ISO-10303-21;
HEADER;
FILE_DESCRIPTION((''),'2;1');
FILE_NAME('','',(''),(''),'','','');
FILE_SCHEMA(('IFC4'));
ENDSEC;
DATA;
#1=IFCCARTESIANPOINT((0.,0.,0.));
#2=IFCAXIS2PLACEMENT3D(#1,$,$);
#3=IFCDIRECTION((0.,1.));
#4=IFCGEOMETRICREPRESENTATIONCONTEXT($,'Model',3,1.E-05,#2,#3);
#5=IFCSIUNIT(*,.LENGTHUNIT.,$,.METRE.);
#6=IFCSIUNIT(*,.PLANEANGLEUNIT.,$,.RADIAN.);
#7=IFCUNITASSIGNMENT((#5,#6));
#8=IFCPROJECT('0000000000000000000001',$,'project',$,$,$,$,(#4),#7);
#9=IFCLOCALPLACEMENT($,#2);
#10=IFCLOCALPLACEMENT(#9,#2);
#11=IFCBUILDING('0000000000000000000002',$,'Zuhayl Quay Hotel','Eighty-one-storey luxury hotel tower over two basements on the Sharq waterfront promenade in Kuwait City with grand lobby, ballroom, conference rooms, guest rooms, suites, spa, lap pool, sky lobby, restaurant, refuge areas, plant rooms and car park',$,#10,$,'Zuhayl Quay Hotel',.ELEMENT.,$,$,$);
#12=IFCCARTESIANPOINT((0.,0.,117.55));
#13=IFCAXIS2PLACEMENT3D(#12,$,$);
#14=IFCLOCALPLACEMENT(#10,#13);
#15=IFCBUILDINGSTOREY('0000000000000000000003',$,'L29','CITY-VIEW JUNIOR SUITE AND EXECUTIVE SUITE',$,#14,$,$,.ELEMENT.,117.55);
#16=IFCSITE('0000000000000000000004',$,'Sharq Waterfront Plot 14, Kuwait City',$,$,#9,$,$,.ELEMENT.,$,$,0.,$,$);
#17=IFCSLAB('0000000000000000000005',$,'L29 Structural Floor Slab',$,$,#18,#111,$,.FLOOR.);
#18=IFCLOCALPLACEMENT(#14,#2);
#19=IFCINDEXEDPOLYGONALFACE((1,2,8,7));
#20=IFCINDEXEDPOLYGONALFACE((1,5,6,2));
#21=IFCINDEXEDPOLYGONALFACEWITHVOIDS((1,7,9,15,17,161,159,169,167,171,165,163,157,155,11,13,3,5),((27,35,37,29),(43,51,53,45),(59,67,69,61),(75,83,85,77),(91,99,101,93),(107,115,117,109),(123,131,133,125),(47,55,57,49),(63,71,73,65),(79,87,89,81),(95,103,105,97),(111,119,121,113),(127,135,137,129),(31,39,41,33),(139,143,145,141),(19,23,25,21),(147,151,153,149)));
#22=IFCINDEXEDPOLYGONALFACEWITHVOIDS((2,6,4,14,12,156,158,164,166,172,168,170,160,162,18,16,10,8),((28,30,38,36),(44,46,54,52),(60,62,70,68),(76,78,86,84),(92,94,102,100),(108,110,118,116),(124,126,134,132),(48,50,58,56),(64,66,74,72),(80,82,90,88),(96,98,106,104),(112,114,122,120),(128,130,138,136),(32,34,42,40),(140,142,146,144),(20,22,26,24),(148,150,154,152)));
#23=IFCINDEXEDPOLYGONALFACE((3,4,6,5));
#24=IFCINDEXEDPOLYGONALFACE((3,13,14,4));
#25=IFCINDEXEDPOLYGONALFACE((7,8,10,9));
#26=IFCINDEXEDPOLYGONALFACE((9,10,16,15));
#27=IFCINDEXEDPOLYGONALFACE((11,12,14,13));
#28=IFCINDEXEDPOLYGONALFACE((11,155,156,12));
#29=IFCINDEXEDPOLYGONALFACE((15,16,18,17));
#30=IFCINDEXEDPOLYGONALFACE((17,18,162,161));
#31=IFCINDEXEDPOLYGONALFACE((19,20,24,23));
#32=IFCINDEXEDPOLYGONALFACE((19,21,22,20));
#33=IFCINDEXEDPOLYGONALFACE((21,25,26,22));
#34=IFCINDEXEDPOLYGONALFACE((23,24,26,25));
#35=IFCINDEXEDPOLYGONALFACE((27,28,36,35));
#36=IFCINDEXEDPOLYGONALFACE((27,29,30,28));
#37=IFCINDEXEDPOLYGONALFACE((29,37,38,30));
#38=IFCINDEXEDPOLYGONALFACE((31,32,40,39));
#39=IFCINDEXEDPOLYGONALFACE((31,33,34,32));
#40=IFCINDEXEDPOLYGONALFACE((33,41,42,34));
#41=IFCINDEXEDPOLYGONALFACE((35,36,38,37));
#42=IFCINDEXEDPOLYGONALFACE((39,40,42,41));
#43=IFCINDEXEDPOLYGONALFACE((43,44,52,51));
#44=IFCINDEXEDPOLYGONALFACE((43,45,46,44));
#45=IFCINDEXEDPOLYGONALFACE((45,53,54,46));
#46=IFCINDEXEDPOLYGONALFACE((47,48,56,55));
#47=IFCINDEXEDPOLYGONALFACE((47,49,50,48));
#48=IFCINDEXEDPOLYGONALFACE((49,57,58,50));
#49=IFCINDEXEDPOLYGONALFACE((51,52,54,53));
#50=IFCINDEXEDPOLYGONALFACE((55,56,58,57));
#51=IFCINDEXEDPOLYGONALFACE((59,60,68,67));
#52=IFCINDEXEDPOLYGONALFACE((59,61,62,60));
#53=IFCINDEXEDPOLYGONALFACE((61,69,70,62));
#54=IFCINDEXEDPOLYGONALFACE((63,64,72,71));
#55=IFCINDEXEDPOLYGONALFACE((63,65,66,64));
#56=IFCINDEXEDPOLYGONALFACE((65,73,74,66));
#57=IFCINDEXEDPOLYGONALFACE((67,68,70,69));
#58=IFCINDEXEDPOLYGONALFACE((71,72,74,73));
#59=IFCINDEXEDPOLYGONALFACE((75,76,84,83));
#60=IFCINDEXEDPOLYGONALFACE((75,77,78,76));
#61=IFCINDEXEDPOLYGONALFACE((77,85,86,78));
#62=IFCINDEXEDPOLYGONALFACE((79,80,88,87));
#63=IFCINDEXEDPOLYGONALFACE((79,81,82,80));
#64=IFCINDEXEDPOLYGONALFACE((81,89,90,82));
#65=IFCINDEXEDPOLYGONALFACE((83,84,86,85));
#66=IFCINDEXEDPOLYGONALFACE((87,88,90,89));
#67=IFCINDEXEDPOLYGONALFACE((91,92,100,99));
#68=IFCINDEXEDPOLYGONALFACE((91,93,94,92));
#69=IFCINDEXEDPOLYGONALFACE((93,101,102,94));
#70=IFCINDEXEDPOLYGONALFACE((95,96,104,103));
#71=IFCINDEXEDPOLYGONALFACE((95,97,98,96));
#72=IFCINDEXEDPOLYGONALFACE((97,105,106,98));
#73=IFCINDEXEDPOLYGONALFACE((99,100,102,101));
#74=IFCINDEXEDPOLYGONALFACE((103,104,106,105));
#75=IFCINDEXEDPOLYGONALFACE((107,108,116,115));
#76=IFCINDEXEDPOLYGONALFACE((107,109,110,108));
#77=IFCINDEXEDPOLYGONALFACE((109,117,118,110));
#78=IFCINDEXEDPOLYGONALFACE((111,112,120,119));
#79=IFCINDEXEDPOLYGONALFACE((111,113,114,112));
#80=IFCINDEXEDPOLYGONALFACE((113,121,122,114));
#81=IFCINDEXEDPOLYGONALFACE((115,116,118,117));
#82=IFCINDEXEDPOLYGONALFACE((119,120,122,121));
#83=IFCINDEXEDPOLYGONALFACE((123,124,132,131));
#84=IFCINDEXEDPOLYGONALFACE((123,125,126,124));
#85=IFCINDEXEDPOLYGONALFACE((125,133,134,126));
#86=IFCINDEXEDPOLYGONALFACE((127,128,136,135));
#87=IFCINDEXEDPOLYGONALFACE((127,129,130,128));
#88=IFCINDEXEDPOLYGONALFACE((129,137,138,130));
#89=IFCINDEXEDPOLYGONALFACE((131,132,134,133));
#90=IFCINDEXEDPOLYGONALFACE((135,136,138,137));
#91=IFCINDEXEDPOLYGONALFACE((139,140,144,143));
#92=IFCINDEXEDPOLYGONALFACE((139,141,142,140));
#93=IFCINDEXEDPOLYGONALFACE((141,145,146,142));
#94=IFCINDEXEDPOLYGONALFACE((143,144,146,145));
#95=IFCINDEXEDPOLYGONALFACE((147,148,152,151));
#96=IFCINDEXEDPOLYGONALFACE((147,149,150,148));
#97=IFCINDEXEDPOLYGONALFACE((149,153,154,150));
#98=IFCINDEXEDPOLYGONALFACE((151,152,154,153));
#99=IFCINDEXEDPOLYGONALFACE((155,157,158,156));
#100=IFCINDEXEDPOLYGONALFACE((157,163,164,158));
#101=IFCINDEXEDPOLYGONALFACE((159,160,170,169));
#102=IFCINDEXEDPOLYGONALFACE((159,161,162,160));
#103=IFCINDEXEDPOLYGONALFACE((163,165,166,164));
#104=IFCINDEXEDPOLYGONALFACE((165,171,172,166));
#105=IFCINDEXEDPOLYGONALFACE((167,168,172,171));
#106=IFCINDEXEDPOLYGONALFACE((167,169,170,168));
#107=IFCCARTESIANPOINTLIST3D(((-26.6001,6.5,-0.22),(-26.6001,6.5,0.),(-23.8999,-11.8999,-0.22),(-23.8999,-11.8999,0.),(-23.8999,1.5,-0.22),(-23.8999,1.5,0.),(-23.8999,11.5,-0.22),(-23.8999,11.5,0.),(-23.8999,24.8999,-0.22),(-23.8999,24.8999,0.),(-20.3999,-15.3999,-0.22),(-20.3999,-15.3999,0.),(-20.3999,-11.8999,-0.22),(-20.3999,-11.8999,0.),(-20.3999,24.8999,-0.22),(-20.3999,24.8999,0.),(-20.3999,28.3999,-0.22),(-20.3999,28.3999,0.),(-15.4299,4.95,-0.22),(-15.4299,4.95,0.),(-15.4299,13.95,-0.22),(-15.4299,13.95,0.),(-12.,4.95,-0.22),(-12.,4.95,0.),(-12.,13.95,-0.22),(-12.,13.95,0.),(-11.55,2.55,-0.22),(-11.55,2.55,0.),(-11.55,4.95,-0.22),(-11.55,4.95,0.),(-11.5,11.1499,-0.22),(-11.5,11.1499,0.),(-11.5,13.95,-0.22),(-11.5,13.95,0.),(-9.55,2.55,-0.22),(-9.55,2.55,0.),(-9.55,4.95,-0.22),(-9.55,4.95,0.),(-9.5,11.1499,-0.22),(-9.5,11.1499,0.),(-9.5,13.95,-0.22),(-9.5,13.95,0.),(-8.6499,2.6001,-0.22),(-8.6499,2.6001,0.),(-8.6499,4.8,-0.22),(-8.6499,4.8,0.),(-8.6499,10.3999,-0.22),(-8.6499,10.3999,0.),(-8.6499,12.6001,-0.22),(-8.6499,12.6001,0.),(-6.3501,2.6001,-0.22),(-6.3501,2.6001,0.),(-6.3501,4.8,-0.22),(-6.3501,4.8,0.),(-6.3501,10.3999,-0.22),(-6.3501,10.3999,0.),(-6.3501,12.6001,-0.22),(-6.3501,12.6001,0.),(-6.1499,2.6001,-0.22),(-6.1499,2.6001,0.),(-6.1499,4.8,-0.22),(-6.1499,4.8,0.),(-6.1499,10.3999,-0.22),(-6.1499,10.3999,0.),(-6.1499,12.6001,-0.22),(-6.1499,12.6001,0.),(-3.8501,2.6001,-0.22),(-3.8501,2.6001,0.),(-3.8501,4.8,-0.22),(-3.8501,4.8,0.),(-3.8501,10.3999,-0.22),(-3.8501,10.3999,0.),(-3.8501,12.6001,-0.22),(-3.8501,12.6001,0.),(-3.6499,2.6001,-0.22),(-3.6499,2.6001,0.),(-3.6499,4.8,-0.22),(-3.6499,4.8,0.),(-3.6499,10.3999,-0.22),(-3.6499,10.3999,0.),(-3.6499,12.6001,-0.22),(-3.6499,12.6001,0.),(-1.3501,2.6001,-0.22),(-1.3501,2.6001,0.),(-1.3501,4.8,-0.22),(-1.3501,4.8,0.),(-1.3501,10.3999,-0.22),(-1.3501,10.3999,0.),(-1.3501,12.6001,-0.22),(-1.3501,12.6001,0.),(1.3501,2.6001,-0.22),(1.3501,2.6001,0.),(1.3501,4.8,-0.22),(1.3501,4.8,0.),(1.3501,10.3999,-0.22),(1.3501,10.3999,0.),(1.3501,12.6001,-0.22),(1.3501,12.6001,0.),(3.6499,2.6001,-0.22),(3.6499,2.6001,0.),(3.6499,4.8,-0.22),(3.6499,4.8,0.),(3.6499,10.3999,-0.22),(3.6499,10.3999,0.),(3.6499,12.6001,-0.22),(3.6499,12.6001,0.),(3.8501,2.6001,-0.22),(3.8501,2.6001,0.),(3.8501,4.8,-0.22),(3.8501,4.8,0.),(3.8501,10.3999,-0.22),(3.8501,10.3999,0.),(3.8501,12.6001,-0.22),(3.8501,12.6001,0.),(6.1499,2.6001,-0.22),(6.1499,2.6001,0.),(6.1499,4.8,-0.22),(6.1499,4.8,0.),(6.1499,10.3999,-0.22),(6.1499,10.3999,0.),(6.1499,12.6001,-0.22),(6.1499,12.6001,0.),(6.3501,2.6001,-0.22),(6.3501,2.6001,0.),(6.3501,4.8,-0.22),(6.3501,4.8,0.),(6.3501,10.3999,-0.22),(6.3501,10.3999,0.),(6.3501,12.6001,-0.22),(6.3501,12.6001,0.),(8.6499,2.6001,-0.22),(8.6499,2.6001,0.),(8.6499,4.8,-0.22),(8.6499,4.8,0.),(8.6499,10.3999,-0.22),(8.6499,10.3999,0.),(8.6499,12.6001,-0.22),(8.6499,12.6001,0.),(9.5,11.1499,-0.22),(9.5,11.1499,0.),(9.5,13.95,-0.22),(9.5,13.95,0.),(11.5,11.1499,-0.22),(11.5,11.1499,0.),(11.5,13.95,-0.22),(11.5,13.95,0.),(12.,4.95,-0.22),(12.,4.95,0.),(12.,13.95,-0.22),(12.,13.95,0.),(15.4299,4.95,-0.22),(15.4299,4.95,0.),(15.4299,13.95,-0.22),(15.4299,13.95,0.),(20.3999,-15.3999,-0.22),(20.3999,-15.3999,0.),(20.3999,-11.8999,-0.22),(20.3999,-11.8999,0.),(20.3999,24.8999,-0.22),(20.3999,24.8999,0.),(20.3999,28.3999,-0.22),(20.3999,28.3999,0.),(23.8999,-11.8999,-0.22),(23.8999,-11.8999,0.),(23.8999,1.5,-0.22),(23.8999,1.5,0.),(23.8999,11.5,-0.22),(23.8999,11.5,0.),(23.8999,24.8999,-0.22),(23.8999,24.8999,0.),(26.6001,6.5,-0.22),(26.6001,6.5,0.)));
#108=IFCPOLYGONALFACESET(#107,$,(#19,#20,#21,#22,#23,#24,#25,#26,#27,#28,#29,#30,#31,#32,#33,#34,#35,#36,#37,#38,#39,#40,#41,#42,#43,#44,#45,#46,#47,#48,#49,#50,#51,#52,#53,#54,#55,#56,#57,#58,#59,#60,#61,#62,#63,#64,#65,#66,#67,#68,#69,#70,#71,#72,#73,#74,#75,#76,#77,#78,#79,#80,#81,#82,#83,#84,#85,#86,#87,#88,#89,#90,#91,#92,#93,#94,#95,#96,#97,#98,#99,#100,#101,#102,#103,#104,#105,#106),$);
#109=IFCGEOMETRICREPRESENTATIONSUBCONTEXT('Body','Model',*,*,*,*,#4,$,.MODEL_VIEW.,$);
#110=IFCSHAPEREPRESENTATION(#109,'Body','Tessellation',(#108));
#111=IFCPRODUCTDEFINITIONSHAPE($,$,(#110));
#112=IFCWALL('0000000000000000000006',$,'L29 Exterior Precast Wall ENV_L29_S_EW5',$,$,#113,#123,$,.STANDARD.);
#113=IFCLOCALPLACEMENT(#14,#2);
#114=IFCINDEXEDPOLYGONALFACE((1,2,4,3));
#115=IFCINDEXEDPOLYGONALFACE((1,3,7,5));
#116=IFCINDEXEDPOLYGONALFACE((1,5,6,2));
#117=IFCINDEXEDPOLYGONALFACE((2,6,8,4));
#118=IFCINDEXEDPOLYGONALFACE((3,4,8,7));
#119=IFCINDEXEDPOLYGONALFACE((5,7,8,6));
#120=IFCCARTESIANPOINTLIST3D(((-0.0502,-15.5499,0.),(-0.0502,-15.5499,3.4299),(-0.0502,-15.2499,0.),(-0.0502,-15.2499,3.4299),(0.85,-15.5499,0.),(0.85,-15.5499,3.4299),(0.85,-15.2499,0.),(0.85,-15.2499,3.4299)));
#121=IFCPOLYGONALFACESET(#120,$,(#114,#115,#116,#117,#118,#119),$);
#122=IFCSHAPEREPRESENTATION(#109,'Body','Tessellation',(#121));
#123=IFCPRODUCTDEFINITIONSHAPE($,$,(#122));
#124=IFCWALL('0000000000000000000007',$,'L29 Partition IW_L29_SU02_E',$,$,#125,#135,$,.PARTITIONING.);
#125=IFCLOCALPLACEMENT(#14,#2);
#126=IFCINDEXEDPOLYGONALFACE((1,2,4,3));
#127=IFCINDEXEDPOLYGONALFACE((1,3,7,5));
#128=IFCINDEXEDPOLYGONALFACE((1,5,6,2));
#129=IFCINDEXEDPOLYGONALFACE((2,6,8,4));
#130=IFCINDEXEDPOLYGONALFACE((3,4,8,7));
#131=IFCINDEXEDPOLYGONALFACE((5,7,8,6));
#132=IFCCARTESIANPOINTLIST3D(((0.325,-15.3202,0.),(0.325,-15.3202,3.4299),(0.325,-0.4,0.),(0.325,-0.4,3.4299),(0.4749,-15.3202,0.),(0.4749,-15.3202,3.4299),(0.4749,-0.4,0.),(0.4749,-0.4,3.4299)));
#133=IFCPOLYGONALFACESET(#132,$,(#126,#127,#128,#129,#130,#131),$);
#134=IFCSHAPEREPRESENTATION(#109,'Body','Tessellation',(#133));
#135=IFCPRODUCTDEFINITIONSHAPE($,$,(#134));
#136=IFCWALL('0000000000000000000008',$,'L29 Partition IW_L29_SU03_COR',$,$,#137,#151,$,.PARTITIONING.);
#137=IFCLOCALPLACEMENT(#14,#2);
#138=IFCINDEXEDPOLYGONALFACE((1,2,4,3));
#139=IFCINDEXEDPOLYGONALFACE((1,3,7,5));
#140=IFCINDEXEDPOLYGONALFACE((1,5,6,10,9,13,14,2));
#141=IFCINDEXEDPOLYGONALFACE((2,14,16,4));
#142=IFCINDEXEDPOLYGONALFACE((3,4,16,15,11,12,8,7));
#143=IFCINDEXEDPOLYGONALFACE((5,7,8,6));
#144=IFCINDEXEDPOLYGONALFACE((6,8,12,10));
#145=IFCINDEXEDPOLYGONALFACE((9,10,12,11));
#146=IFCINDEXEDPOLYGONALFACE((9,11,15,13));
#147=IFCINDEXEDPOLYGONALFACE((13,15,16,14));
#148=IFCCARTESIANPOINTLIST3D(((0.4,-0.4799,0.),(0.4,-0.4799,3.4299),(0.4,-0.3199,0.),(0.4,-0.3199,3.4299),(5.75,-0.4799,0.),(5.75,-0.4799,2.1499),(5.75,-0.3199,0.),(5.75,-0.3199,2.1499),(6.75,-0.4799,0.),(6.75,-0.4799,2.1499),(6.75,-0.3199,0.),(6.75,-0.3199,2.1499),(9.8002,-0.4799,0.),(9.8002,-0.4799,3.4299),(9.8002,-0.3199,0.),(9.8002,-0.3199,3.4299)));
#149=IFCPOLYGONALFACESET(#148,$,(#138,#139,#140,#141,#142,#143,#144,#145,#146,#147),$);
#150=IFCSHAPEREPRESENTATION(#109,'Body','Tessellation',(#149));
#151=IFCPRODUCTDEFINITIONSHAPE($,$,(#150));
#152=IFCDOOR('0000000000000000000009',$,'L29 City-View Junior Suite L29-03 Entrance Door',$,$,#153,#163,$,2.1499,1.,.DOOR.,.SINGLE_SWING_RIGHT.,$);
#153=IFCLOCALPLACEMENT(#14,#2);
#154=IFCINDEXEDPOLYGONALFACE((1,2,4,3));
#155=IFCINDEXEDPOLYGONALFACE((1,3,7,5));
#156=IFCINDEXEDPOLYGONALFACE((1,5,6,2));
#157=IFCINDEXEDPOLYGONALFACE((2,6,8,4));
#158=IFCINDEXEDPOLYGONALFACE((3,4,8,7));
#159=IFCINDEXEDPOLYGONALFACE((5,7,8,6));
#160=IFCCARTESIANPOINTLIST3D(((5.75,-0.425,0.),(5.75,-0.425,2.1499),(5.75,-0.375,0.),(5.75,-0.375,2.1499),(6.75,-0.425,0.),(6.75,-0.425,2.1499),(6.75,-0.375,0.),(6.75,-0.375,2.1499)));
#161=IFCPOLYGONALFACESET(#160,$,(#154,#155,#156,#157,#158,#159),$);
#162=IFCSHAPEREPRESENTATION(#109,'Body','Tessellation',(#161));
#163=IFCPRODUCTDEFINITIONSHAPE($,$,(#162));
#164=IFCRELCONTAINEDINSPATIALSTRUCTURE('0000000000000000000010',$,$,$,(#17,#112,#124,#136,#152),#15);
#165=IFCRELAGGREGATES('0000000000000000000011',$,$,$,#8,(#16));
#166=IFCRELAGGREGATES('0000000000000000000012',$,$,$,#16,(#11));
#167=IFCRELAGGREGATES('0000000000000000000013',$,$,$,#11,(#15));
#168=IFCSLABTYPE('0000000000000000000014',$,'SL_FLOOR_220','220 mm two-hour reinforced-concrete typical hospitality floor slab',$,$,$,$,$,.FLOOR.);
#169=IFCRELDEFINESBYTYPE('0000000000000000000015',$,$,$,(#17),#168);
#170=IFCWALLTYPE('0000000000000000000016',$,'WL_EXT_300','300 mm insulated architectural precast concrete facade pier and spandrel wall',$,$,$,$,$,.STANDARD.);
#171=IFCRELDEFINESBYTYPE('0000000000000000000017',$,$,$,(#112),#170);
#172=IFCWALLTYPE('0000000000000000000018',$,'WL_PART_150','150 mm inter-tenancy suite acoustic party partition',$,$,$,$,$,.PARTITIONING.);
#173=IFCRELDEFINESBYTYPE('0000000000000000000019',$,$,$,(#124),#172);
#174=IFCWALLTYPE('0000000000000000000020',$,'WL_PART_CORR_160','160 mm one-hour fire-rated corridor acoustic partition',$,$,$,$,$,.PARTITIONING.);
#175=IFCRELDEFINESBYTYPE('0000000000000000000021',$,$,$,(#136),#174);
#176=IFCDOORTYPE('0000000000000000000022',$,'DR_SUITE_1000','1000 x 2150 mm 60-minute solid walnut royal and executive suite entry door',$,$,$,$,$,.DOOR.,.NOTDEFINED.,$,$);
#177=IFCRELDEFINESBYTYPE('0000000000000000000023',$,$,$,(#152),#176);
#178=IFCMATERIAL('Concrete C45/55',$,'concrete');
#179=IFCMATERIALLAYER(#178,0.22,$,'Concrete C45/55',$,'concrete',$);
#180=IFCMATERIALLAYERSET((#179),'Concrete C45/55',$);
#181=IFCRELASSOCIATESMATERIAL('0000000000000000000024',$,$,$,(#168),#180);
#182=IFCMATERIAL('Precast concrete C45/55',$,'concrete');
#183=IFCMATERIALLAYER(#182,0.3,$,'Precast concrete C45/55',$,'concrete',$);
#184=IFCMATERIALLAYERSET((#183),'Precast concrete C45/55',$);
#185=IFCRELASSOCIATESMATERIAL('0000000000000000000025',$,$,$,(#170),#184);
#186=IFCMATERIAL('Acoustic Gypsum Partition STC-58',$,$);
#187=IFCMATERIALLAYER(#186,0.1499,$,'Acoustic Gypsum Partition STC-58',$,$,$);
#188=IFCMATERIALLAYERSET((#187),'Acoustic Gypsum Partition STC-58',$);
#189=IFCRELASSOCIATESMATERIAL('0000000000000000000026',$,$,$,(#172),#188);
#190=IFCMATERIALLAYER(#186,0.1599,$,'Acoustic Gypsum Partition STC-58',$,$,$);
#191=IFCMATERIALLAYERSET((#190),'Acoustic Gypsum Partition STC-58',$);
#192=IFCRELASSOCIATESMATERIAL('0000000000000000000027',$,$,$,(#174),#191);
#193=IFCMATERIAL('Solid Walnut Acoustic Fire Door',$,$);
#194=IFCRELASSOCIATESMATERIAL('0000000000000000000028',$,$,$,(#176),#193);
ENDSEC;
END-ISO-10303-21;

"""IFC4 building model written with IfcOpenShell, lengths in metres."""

from ifc_helpers import new_model, si_unit, direction, frame, frame_2d, origin, place, context, subcontext, project, spatial, polyline, rectangle, outline, extrude, material, layer, layer_set, type_object, element, fill, save


model = new_model("IFC4")

# Units and contexts
model_context = context("Model", 3, precision=1e-05, world=origin(), true_north=direction((0.0, 1.0)))
body_context = subcontext(model_context, "Body", "Model", "MODEL_VIEW")
ifc_project = project(units=[si_unit("LENGTHUNIT", "METRE"), si_unit("PLANEANGLEUNIT", "RADIAN")], contexts=[model_context])

# Site, building, storey
site_placement = place(None, origin())
site = spatial("IfcSite", under=ifc_project, at=site_placement, Name="Sharq Waterfront Plot 14, Kuwait City", CompositionType="ELEMENT", RefElevation=0.0)
building_placement = place(site_placement, origin())
building = spatial("IfcBuilding", under=site, at=building_placement, Name="Zuhayl Quay Hotel", Description="Eighty-one-storey luxury hotel tower over two basements on the Sharq waterfront promenade in Kuwait City with grand lobby, ballroom, conference rooms, guest rooms, suites, spa, lap pool, sky lobby, restaurant, refuge areas, plant rooms and car park", LongName="Zuhayl Quay Hotel", CompositionType="ELEMENT")
storey_placement = place(building_placement, frame((0.0, 0.0, 117.55)))
storey = spatial("IfcBuildingStorey", under=building, at=storey_placement, Name="L29", Description="CITY-VIEW JUNIOR SUITE AND EXECUTIVE SUITE", CompositionType="ELEMENT", Elevation=117.55)

# Slab
ifc_material_1 = material(Name="Concrete C45/55", Category="concrete")
ifc_layer_1 = layer(ifc_material_1, 0.22, Name="Concrete C45/55", Category="concrete")
ifc_layer_set_1 = layer_set([ifc_layer_1], Name="Concrete C45/55")
slab_type_1 = type_object("IfcSlabType", Name="SL_FLOOR_220", Description="220 mm two-hour reinforced-concrete typical hospitality floor slab", PredefinedType="FLOOR", material=ifc_layer_set_1)
slab_1_placement = place(storey_placement, frame((0.0, 0.0, -0.22)))
element("IfcSlab", 1, at=slab_1_placement, inside=storey, type_object=slab_type_1, Name="L29 Structural Floor Slab", PredefinedType="FLOOR", context=body_context, shape_type="SweptSolid", body=[
    extrude(outline(polyline([(-20.3999, -15.3999), (20.3999, -15.3999), (20.3999, -11.8999), (23.8999, -11.8999), (23.8999, 1.5), (26.6001, 6.5), (23.8999, 11.5), (23.8999, 24.8999), (20.3999, 24.8999), (20.3999, 28.3999), (-20.3999, 28.3999), (-20.3999, 24.8999), (-23.8999, 24.8999), (-23.8999, 11.5), (-26.6001, 6.5), (-23.8999, 1.5), (-23.8999, -11.8999), (-20.3999, -11.8999), (-20.3999, -15.3999)]), holes=[polyline([(-12.0, 4.95), (-12.0, 13.95), (-15.4299, 13.95), (-15.4299, 4.95), (-12.0, 4.95)]), polyline([(15.4299, 4.95), (15.4299, 13.95), (12.0, 13.95), (12.0, 4.95), (15.4299, 4.95)]), polyline([(-11.5, 11.1499), (-9.5, 11.1499), (-9.5, 13.95), (-11.5, 13.95), (-11.5, 11.1499)]), polyline([(9.5, 11.1499), (11.5, 11.1499), (11.5, 13.95), (9.5, 13.95), (9.5, 11.1499)]), polyline([(-8.6499, 2.6001), (-6.3501, 2.6001), (-6.3501, 4.8), (-8.6499, 4.8), (-8.6499, 2.6001)]), polyline([(-6.1499, 2.6001), (-3.8501, 2.6001), (-3.8501, 4.8), (-6.1499, 4.8), (-6.1499, 2.6001)]), polyline([(-8.6499, 10.3999), (-6.3501, 10.3999), (-6.3501, 12.6001), (-8.6499, 12.6001), (-8.6499, 10.3999)]), polyline([(-6.1499, 10.3999), (-3.8501, 10.3999), (-3.8501, 12.6001), (-6.1499, 12.6001), (-6.1499, 10.3999)]), polyline([(-3.6499, 2.6001), (-1.3501, 2.6001), (-1.3501, 4.8), (-3.6499, 4.8), (-3.6499, 2.6001)]), polyline([(1.3501, 2.6001), (3.6499, 2.6001), (3.6499, 4.8), (1.3501, 4.8), (1.3501, 2.6001)]), polyline([(-3.6499, 10.3999), (-1.3501, 10.3999), (-1.3501, 12.6001), (-3.6499, 12.6001), (-3.6499, 10.3999)]), polyline([(1.3501, 10.3999), (3.6499, 10.3999), (3.6499, 12.6001), (1.3501, 12.6001), (1.3501, 10.3999)]), polyline([(3.8501, 2.6001), (6.1499, 2.6001), (6.1499, 4.8), (3.8501, 4.8), (3.8501, 2.6001)]), polyline([(6.3501, 2.6001), (8.6499, 2.6001), (8.6499, 4.8), (6.3501, 4.8), (6.3501, 2.6001)]), polyline([(3.8501, 10.3999), (6.1499, 10.3999), (6.1499, 12.6001), (3.8501, 12.6001), (3.8501, 10.3999)]), polyline([(6.3501, 10.3999), (8.6499, 10.3999), (8.6499, 12.6001), (6.3501, 12.6001), (6.3501, 10.3999)]), polyline([(-11.55, 2.55), (-9.55, 2.55), (-9.55, 4.95), (-11.55, 4.95), (-11.55, 2.55)])]), origin(), (0.0, 0.0, 1.0), 0.22),
])

# Walls
ifc_material_2 = material(Name="Precast concrete C45/55", Category="concrete")
ifc_layer_2 = layer(ifc_material_2, 0.3, Name="Precast concrete C45/55", Category="concrete")
ifc_layer_set_2 = layer_set([ifc_layer_2], Name="Precast concrete C45/55")
wall_type_1 = type_object("IfcWallType", Name="WL_EXT_300", Description="300 mm insulated architectural precast concrete facade pier and spandrel wall", PredefinedType="STANDARD", material=ifc_layer_set_2)
wall_1_placement = place(storey_placement, frame((0.8501, -15.3999, 0.0), z_axis=(0.0, 0.0, 1.0), x_axis=(-1.0, 0.0, 0.0)))
element("IfcWall", 2, at=wall_1_placement, inside=storey, type_object=wall_type_1, Name="L29 Exterior Precast Wall ENV_L29_S_EW5", PredefinedType="STANDARD", context=body_context, shape_type="SweptSolid", body=[
    extrude(rectangle(XDim=0.9001, YDim=0.3, at=frame_2d((0.4502, 0.0))), origin(), (0.0, 0.0, 1.0), 3.4299),
])
ifc_material_3 = material(Name="Acoustic Gypsum Partition STC-58")
ifc_layer_3 = layer(ifc_material_3, 0.1499, Name="Acoustic Gypsum Partition STC-58")
ifc_layer_set_3 = layer_set([ifc_layer_3], Name="Acoustic Gypsum Partition STC-58")
wall_type_2 = type_object("IfcWallType", Name="WL_PART_150", Description="150 mm inter-tenancy suite acoustic party partition", PredefinedType="PARTITIONING", material=ifc_layer_set_3)
wall_2_placement = place(storey_placement, frame((0.3999, -15.3201, 0.0), z_axis=(0.0, 0.0, 1.0), x_axis=(0.0, 1.0, 0.0)))
element("IfcWall", 3, at=wall_2_placement, inside=storey, type_object=wall_type_2, Name="L29 Partition IW_L29_SU02_E", PredefinedType="PARTITIONING", context=body_context, shape_type="SweptSolid", body=[
    extrude(rectangle(XDim=14.9202, YDim=0.1499, at=frame_2d((7.46, 0.0))), origin(), (0.0, 0.0, 1.0), 3.4299),
])

# Wall, opening, door
ifc_layer_4 = layer(ifc_material_3, 0.1599, Name="Acoustic Gypsum Partition STC-58")
ifc_layer_set_4 = layer_set([ifc_layer_4], Name="Acoustic Gypsum Partition STC-58")
wall_type_3 = type_object("IfcWallType", Name="WL_PART_CORR_160", Description="160 mm one-hour fire-rated corridor acoustic partition", PredefinedType="PARTITIONING", material=ifc_layer_set_4)
wall_3_placement = place(storey_placement, frame((0.3999, -0.3999, 0.0), z_axis=(0.0, 0.0, 1.0), x_axis=(1.0, 0.0, 0.0)))
wall_3 = element("IfcWall", 4, at=wall_3_placement, inside=storey, type_object=wall_type_3, Name="L29 Partition IW_L29_SU03_COR", PredefinedType="PARTITIONING", context=body_context, shape_type="SweptSolid", body=[
    extrude(rectangle(XDim=9.4001, YDim=0.1599, at=frame_2d((4.7002, 0.0))), origin(), (0.0, 0.0, 1.0), 3.4299),
])
opening_1_placement = place(wall_3_placement, frame((5.3501, 0.0, 0.0)))
opening_1 = element("IfcOpeningElement", 5, at=opening_1_placement, cuts=wall_3, PredefinedType="OPENING", context=body_context, shape_type="SweptSolid", body=[
    extrude(rectangle(XDim=1.0, YDim=2.1499, at=frame_2d((0.5, 1.075))), frame((0.0, 0.0898, 0.0), z_axis=(0.0, -1.0, 0.0), x_axis=(1.0, 0.0, 0.0)), (0.0, 0.0, 1.0), 0.1799),
])
ifc_material_4 = material(Name="Solid Walnut Acoustic Fire Door")
door_type_1 = type_object("IfcDoorType", Name="DR_SUITE_1000", Description="1000 x 2150 mm 60-minute solid walnut royal and executive suite entry door", OperationType="NOTDEFINED", PredefinedType="DOOR", material=ifc_material_4)
door_1_placement = place(opening_1_placement, origin())
door_1 = element("IfcDoor", 6, at=door_1_placement, inside=storey, type_object=door_type_1, Name="L29 City-View Junior Suite L29-03 Entrance Door", OperationType="SINGLE_SWING_RIGHT", OverallHeight=2.1499, OverallWidth=1.0, PredefinedType="DOOR", context=body_context, shape_type="SweptSolid", body=[
    extrude(rectangle(XDim=1.0, YDim=2.1499, at=frame_2d((0.5, 1.075))), frame((0.0, 0.0249, 0.0), z_axis=(0.0, -1.0, 0.0), x_axis=(1.0, 0.0, 0.0)), (0.0, 0.0, 1.0), 0.05),
])
fill(opening_1, door_1)

save(model, "model.ifc")
